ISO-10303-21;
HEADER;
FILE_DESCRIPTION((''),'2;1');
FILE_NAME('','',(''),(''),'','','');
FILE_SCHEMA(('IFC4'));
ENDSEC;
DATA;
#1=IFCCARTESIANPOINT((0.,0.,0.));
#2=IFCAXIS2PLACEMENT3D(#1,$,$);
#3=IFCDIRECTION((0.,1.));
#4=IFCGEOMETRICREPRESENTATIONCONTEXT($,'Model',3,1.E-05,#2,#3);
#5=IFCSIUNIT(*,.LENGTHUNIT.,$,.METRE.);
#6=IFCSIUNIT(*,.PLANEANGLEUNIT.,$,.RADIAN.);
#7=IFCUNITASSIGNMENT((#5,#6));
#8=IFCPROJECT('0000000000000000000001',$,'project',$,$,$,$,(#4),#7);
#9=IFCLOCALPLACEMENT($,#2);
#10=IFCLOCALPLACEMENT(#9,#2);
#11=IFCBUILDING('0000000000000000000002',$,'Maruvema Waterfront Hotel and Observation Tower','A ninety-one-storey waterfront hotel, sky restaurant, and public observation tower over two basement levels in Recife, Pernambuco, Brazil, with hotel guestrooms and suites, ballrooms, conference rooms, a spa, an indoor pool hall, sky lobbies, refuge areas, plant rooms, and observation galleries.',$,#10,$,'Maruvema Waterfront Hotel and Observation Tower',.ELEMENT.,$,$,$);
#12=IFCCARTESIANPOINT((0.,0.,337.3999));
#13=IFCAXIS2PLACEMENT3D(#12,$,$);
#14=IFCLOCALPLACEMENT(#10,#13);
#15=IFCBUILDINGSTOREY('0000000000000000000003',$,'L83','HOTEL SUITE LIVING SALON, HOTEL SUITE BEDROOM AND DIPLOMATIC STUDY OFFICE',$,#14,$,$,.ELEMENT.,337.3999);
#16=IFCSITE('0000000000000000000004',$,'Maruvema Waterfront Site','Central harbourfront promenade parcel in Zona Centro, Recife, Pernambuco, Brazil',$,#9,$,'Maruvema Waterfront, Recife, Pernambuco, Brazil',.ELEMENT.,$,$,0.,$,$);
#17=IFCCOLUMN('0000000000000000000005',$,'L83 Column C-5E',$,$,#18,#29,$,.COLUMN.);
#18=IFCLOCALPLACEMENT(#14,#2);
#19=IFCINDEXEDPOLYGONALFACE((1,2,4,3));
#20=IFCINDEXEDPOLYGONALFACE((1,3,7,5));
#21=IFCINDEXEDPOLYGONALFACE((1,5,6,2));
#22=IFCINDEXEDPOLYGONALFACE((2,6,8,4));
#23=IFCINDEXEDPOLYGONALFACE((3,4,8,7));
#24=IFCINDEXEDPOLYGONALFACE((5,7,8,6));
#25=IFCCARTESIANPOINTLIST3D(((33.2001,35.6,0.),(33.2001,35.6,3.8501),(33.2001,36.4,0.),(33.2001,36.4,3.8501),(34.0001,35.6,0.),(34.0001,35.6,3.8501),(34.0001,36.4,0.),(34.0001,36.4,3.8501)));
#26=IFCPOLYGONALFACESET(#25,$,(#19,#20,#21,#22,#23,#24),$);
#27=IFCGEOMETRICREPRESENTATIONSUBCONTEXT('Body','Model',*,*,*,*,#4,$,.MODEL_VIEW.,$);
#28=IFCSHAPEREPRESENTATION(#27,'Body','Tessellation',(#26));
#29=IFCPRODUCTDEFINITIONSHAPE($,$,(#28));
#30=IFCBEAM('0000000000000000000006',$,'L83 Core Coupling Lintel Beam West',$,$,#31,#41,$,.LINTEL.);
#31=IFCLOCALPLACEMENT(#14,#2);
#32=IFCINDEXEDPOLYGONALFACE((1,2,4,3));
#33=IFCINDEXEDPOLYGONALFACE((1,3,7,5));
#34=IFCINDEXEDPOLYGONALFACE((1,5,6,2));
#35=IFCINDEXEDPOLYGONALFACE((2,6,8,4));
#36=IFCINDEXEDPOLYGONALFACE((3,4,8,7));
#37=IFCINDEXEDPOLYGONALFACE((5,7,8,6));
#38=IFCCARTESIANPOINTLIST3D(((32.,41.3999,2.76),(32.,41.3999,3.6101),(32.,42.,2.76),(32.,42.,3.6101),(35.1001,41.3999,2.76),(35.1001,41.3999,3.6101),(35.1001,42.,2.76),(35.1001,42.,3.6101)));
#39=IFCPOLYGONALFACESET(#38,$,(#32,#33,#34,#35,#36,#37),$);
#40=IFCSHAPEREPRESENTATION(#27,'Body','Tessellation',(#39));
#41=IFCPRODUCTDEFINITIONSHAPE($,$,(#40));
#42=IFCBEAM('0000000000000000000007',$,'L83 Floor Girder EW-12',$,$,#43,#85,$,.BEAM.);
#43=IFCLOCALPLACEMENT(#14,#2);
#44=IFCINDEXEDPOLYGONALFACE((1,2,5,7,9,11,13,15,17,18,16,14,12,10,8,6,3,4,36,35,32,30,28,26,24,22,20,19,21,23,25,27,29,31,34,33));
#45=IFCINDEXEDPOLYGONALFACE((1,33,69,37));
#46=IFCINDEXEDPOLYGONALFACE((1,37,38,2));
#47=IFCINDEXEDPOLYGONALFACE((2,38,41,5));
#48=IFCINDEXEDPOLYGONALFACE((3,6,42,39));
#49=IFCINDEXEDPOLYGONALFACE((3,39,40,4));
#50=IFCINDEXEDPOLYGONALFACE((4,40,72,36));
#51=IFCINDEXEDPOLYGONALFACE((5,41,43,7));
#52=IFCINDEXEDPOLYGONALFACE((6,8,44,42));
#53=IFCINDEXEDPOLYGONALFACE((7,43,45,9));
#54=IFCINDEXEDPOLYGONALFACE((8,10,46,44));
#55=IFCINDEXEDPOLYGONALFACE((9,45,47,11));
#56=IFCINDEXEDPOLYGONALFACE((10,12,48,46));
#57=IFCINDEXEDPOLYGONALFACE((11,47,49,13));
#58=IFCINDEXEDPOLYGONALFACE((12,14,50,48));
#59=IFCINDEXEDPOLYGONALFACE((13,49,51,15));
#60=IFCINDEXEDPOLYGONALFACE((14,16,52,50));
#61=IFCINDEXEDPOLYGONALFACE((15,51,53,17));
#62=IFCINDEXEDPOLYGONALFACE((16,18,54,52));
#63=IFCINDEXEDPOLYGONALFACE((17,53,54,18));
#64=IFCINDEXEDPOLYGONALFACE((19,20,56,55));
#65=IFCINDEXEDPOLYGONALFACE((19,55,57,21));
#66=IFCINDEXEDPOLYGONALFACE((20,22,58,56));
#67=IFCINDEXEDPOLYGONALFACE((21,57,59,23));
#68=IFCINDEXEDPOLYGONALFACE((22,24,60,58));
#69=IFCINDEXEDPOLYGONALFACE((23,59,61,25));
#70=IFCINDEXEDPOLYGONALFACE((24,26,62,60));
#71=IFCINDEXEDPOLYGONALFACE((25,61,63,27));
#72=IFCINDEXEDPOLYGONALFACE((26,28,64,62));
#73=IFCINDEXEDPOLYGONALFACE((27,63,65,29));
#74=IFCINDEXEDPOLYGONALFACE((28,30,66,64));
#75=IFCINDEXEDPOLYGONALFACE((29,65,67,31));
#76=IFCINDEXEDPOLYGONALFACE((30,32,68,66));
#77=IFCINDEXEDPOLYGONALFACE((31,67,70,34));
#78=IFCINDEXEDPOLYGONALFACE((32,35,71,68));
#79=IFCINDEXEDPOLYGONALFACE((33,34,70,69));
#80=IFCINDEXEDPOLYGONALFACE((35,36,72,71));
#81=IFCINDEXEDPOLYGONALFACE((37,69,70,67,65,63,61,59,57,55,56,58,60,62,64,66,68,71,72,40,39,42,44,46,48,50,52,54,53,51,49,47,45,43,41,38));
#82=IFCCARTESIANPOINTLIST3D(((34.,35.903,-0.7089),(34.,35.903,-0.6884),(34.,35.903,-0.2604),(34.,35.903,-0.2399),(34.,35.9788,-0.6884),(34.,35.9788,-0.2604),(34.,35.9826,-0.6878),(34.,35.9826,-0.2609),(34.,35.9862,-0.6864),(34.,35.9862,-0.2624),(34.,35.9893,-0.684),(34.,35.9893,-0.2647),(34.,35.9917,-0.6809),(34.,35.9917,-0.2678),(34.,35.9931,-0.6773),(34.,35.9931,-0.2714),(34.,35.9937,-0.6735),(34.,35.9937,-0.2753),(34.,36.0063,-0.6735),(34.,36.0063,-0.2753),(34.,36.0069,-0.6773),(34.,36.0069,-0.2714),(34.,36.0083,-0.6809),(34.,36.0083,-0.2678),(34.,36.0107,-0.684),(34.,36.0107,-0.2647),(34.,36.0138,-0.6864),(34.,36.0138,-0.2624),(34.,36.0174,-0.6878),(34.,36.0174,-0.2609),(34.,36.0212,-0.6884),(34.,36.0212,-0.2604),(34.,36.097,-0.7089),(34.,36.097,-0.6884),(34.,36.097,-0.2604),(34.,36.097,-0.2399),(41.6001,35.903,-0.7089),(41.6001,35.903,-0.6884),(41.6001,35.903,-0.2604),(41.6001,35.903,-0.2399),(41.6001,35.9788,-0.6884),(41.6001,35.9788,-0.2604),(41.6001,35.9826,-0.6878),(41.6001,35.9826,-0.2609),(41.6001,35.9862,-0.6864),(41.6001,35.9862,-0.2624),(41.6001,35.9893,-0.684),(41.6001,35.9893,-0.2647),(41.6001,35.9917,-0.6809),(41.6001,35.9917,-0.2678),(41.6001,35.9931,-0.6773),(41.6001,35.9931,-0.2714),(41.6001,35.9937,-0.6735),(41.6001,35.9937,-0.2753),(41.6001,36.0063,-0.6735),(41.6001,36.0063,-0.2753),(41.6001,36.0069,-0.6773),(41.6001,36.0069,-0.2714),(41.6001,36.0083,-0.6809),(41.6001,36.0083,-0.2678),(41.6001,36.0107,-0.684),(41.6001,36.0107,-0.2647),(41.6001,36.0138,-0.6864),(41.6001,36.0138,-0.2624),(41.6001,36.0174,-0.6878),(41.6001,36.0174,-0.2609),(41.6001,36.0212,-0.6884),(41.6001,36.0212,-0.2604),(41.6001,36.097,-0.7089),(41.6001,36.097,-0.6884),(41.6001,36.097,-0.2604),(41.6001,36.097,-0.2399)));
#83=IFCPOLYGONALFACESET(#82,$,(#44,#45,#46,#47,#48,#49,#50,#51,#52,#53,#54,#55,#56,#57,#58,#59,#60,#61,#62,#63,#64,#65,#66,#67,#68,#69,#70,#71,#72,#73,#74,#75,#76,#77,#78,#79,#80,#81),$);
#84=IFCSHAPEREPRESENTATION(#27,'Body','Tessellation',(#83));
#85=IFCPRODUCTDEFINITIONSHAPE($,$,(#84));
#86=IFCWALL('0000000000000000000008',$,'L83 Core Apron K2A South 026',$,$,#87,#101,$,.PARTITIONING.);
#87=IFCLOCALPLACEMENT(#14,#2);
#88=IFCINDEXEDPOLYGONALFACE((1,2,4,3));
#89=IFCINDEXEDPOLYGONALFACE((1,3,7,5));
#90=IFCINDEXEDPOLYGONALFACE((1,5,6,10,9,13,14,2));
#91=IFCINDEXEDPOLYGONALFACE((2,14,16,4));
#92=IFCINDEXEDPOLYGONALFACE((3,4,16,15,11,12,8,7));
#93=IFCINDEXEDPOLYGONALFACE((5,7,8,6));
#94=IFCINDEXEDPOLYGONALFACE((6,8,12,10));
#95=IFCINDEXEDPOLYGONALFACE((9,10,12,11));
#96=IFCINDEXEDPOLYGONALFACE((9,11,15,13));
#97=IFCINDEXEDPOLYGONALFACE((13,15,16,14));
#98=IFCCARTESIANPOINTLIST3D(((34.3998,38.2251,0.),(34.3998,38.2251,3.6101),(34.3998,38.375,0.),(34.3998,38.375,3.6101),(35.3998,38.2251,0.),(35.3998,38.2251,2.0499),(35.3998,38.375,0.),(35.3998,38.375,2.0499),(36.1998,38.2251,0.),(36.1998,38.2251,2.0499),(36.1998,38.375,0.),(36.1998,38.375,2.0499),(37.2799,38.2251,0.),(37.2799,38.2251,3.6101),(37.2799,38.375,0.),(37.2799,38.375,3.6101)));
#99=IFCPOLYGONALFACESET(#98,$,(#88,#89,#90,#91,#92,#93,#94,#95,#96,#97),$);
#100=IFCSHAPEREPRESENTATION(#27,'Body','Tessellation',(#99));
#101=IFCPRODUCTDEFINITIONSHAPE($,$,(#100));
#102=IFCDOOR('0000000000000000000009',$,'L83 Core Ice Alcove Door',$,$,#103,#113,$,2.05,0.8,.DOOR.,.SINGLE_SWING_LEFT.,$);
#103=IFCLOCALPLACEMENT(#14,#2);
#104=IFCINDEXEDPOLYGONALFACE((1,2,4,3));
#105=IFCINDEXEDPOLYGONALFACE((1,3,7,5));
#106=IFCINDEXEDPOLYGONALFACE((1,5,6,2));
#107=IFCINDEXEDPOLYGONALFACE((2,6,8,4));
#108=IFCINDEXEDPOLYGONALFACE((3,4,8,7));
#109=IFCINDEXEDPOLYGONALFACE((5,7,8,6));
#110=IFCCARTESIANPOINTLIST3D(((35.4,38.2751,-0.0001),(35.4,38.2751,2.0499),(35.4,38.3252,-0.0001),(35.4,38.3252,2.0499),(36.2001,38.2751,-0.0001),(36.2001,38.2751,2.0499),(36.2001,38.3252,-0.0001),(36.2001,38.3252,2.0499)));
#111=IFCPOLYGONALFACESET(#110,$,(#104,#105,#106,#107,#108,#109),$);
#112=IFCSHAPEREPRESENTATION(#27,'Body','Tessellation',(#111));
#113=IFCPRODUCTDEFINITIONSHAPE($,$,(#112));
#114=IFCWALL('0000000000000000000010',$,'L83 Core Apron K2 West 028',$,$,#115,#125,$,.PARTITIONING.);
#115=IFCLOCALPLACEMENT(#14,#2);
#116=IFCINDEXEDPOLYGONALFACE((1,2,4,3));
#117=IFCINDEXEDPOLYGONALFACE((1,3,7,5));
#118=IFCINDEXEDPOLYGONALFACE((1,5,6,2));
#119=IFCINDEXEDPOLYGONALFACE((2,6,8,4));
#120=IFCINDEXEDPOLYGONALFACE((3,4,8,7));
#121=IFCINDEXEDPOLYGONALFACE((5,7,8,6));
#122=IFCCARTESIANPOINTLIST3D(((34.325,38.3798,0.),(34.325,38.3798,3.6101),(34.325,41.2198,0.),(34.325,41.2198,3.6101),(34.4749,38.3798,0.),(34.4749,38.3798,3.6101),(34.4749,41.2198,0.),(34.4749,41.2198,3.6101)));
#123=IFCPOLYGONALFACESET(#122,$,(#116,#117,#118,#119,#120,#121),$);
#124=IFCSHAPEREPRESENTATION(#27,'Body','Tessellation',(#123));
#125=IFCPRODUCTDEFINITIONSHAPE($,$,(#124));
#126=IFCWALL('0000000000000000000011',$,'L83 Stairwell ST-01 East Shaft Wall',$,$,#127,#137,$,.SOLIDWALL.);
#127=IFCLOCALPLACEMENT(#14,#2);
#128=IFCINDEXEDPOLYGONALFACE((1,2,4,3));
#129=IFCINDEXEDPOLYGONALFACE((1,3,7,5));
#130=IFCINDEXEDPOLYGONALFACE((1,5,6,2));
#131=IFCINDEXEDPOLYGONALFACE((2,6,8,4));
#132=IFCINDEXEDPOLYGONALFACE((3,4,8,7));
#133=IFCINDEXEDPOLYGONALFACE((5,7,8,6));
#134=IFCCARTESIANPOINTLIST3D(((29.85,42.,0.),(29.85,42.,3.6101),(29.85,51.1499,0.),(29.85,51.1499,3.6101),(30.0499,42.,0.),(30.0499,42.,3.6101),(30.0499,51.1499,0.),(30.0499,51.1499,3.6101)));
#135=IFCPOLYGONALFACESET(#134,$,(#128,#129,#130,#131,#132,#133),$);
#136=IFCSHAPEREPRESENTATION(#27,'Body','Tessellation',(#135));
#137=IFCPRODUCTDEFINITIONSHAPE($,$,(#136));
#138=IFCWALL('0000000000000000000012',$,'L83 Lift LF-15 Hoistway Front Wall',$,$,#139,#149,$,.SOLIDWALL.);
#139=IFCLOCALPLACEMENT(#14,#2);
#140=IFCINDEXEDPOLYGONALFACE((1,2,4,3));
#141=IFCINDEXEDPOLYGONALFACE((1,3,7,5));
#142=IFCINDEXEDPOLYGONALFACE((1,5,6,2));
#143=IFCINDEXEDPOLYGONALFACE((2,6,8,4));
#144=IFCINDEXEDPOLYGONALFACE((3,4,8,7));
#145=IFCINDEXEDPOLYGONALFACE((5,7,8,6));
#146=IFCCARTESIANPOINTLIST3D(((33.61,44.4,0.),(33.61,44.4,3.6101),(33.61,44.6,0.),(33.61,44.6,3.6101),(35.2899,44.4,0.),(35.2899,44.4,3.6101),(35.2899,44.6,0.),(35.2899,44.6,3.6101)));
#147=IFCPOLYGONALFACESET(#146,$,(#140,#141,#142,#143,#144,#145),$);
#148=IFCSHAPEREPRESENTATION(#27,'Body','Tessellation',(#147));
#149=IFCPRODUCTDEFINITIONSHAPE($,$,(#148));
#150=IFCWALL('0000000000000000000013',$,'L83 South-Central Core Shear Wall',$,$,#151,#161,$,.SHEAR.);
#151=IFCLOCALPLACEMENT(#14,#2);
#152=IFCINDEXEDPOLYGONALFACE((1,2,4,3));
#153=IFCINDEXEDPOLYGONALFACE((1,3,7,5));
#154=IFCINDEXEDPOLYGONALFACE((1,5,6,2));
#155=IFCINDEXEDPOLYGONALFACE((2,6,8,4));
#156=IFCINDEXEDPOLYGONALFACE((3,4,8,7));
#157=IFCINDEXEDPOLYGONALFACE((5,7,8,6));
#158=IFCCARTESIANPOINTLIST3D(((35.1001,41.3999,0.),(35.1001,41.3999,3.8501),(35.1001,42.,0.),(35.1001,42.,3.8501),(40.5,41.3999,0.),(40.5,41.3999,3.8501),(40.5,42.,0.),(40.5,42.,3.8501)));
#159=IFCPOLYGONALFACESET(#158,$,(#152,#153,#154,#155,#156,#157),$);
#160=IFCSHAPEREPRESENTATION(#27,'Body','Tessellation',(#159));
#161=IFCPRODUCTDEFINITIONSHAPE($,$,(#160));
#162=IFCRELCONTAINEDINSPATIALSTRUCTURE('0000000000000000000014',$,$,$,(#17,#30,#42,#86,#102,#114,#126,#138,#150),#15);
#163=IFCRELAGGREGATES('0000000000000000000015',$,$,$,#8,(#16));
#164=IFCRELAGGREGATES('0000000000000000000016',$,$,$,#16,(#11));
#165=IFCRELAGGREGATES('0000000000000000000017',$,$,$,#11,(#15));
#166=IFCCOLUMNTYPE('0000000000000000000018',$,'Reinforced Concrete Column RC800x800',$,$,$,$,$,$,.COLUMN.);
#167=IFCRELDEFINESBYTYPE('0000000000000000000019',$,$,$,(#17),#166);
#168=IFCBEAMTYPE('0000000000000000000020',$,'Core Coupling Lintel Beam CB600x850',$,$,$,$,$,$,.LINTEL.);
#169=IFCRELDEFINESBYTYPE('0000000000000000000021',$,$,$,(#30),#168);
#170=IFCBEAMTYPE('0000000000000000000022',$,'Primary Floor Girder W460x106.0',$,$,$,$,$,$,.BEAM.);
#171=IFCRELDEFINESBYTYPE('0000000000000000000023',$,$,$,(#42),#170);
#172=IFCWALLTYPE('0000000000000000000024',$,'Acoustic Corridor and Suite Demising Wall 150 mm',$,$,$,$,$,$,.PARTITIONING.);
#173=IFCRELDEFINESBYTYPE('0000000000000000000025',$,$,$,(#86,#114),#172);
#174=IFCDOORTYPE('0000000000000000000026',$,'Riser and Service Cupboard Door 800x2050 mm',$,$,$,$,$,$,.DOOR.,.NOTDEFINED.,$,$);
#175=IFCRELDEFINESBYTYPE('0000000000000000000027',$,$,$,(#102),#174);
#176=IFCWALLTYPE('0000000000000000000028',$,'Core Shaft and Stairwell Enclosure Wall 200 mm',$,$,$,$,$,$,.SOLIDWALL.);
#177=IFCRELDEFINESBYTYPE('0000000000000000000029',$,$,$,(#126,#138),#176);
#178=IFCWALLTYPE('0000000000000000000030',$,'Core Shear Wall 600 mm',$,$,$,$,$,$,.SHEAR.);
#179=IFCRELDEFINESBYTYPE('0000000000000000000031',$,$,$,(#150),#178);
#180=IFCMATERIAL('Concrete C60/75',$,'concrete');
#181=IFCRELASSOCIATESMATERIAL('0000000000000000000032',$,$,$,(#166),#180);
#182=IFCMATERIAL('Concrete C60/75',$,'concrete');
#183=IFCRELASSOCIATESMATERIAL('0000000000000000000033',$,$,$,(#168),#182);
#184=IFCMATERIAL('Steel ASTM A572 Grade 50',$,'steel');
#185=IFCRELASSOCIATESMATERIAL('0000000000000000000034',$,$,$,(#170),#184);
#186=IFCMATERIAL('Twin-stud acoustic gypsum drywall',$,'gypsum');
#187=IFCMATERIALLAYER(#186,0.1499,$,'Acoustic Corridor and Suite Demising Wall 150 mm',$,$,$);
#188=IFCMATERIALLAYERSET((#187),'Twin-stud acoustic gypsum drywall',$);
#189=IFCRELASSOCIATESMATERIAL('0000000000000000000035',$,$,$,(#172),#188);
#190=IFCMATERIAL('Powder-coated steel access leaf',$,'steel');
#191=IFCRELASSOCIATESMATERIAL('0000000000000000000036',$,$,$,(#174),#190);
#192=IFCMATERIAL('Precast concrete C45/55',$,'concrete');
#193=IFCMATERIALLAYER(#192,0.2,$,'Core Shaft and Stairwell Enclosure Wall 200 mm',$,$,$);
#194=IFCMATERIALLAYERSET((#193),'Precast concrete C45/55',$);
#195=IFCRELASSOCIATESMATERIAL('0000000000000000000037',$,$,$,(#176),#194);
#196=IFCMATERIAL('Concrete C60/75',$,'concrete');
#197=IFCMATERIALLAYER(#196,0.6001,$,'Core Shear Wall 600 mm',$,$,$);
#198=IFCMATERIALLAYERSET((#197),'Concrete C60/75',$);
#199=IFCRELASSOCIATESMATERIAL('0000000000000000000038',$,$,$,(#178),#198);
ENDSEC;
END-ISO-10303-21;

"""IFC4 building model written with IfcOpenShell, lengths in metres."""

from ifc_helpers import new_model, si_unit, direction, frame, frame_2d, origin, origin_2d, place, context, subcontext, project, spatial, rectangle, i_section, extrude, material, layer, layer_set, material_profile, profile_set, type_object, element, fill, save


model = new_model("IFC4")

# Units and contexts
model_context = context("Model", 3, precision=1e-05, world=origin(), true_north=direction((0.0, 1.0)))
body_context = subcontext(model_context, "Body", "Model", "MODEL_VIEW")
ifc_project = project(units=[si_unit("LENGTHUNIT", "METRE"), si_unit("PLANEANGLEUNIT", "RADIAN")], contexts=[model_context])

# Site, building, storey
site_placement = place(None, origin())
site = spatial("IfcSite", under=ifc_project, at=site_placement, Name="Maruvema Waterfront Site", Description="Central harbourfront promenade parcel in Zona Centro, Recife, Pernambuco, Brazil", LongName="Maruvema Waterfront, Recife, Pernambuco, Brazil", CompositionType="ELEMENT", RefElevation=0.0)
building_placement = place(site_placement, origin())
building = spatial("IfcBuilding", under=site, at=building_placement, Name="Maruvema Waterfront Hotel and Observation Tower", Description="A ninety-one-storey waterfront hotel, sky restaurant, and public observation tower over two basement levels in Recife, Pernambuco, Brazil, with hotel guestrooms and suites, ballrooms, conference rooms, a spa, an indoor pool hall, sky lobbies, refuge areas, plant rooms, and observation galleries.", LongName="Maruvema Waterfront Hotel and Observation Tower", CompositionType="ELEMENT")
storey_placement = place(building_placement, frame((0.0, 0.0, 337.3999)))
storey = spatial("IfcBuildingStorey", under=building, at=storey_placement, Name="L83", Description="HOTEL SUITE LIVING SALON, HOTEL SUITE BEDROOM AND DIPLOMATIC STUDY OFFICE", CompositionType="ELEMENT", Elevation=337.3999)

# Column
ifc_material_1 = material(Name="Concrete C60/75", Category="concrete")
ifc_material_profile_1 = material_profile(ifc_material_1, rectangle(XDim=0.8, YDim=0.8, at=origin_2d()), Name="RC800x800")
ifc_profile_set_1 = profile_set([ifc_material_profile_1], Name="Concrete C60/75")
column_type = type_object("IfcColumnType", Name="Reinforced Concrete Column RC800x800", PredefinedType="COLUMN", material=ifc_profile_set_1)
column_placement = place(storey_placement, frame((33.6001, 36.0, 0.0), z_axis=(0.0, 0.0, 1.0), x_axis=(1.0, 0.0, 0.0)))
element("IfcColumn", 1, at=column_placement, inside=storey, type_object=column_type, Name="L83 Column C-5E", PredefinedType="COLUMN", context=body_context, shape_type="SweptSolid", body=[
    extrude(rectangle(XDim=0.8, YDim=0.8, at=origin_2d()), origin(), (0.0, 0.0, 1.0), 3.8501),
])

# Beams
ifc_material_2 = material(Name="Concrete C60/75", Category="concrete")
ifc_material_profile_2 = material_profile(ifc_material_2, rectangle(XDim=0.6001, YDim=0.8501, at=origin_2d()), Name="CB600x850")
ifc_profile_set_2 = profile_set([ifc_material_profile_2], Name="Concrete C60/75")
beam_type_1 = type_object("IfcBeamType", Name="Core Coupling Lintel Beam CB600x850", PredefinedType="LINTEL", material=ifc_profile_set_2)
beam_1_placement = place(storey_placement, frame((32.0, 41.7, 3.1851), z_axis=(1.0, 0.0, 0.0), x_axis=(0.0, 1.0, 0.0)))
element("IfcBeam", 2, at=beam_1_placement, inside=storey, type_object=beam_type_1, Name="L83 Core Coupling Lintel Beam West", PredefinedType="LINTEL", context=body_context, shape_type="SweptSolid", body=[
    extrude(rectangle(XDim=0.6001, YDim=0.8501, at=origin_2d()), origin(), (0.0, 0.0, 1.0), 3.1001),
])
ifc_material_3 = material(Name="Steel ASTM A572 Grade 50", Category="steel")
ifc_material_profile_3 = material_profile(ifc_material_3, i_section(OverallWidth=0.1941, OverallDepth=0.469, WebThickness=0.0127, FlangeThickness=0.0205, FilletRadius=0.0149, at=origin_2d()), Name="W460x106.0")
ifc_profile_set_3 = profile_set([ifc_material_profile_3], Name="Steel ASTM A572 Grade 50")
beam_type_2 = type_object("IfcBeamType", Name="Primary Floor Girder W460x106.0", PredefinedType="BEAM", material=ifc_profile_set_3)
beam_2_placement = place(storey_placement, frame((34.0, 36.0, -0.4744), z_axis=(1.0, 0.0, 0.0), x_axis=(0.0, 1.0, 0.0)))
element("IfcBeam", 3, at=beam_2_placement, inside=storey, type_object=beam_type_2, Name="L83 Floor Girder EW-12", PredefinedType="BEAM", context=body_context, shape_type="SweptSolid", body=[
    extrude(i_section(OverallWidth=0.1941, OverallDepth=0.469, WebThickness=0.0127, FlangeThickness=0.0205, FilletRadius=0.0149, at=origin_2d()), origin(), (0.0, 0.0, 1.0), 7.6001),
])

# Wall, opening, door
ifc_material_4 = material(Name="Twin-stud acoustic gypsum drywall", Category="gypsum")
ifc_layer_1 = layer(ifc_material_4, 0.1499, Name="Acoustic Corridor and Suite Demising Wall 150 mm")
ifc_layer_set_1 = layer_set([ifc_layer_1], Name="Twin-stud acoustic gypsum drywall")
wall_type_1 = type_object("IfcWallType", Name="Acoustic Corridor and Suite Demising Wall 150 mm", PredefinedType="PARTITIONING", material=ifc_layer_set_1)
wall_1_placement = place(storey_placement, frame((34.3999, 38.3, 0.0), z_axis=(0.0, 0.0, 1.0), x_axis=(1.0, 0.0, 0.0)))
wall_1 = element("IfcWall", 4, at=wall_1_placement, inside=storey, type_object=wall_type_1, Name="L83 Core Apron K2A South 026", PredefinedType="PARTITIONING", context=body_context, shape_type="SweptSolid", body=[
    extrude(rectangle(XDim=2.8801, YDim=0.1499, at=frame_2d((1.4399, 0.0))), origin(), (0.0, 0.0, 1.0), 3.6101),
])
opening_1_placement = place(wall_1_placement, frame((1.0, 0.0, 0.0)))
opening_1 = element("IfcOpeningElement", 5, at=opening_1_placement, cuts=wall_1, PredefinedType="OPENING", context=body_context, shape_type="SweptSolid", body=[
    extrude(rectangle(XDim=0.8, YDim=2.05, at=frame_2d((0.3999, 1.0249))), frame((0.0, 0.085, 0.0), z_axis=(0.0, -1.0, 0.0), x_axis=(1.0, 0.0, 0.0)), (0.0, 0.0, 1.0), 0.1699),
])
ifc_material_5 = material(Name="Powder-coated steel access leaf", Category="steel")
door_type = type_object("IfcDoorType", Name="Riser and Service Cupboard Door 800x2050 mm", OperationType="NOTDEFINED", PredefinedType="DOOR", material=ifc_material_5)
door_1_placement = place(opening_1_placement, frame((0.8, 0.0, 0.0), z_axis=(0.0, 0.0, 1.0), x_axis=(-1.0, 0.0, 0.0)))
door_1 = element("IfcDoor", 6, at=door_1_placement, inside=storey, type_object=door_type, Name="L83 Core Ice Alcove Door", OperationType="SINGLE_SWING_LEFT", OverallHeight=2.05, OverallWidth=0.8, PredefinedType="DOOR", context=body_context, shape_type="SweptSolid", body=[
    extrude(rectangle(XDim=0.8, YDim=2.05, at=frame_2d((0.3999, 1.0249))), frame((0.0, 0.0249, 0.0), z_axis=(0.0, -1.0, 0.0), x_axis=(1.0, 0.0, 0.0)), (0.0, 0.0, 1.0), 0.05),
])
fill(opening_1, door_1)

# Walls
wall_2_placement = place(storey_placement, frame((34.3999, 38.3799, 0.0), z_axis=(0.0, 0.0, 1.0), x_axis=(0.0, 1.0, 0.0)))
element("IfcWall", 7, at=wall_2_placement, inside=storey, type_object=wall_type_1, Name="L83 Core Apron K2 West 028", PredefinedType="PARTITIONING", context=body_context, shape_type="SweptSolid", body=[
    extrude(rectangle(XDim=2.8401, YDim=0.1499, at=frame_2d((1.4199, 0.0))), origin(), (0.0, 0.0, 1.0), 3.6101),
])
ifc_material_6 = material(Name="Precast concrete C45/55", Category="concrete")
ifc_layer_2 = layer(ifc_material_6, 0.2, Name="Core Shaft and Stairwell Enclosure Wall 200 mm")
ifc_layer_set_2 = layer_set([ifc_layer_2], Name="Precast concrete C45/55")
wall_type_2 = type_object("IfcWallType", Name="Core Shaft and Stairwell Enclosure Wall 200 mm", PredefinedType="SOLIDWALL", material=ifc_layer_set_2)
wall_3_placement = place(storey_placement, frame((29.95, 42.0, 0.0), z_axis=(0.0, 0.0, 1.0), x_axis=(0.0, 1.0, 0.0)))
element("IfcWall", 8, at=wall_3_placement, inside=storey, type_object=wall_type_2, Name="L83 Stairwell ST-01 East Shaft Wall", PredefinedType="SOLIDWALL", context=body_context, shape_type="SweptSolid", body=[
    extrude(rectangle(XDim=9.1499, YDim=0.2, at=frame_2d((4.575, 0.0))), origin(), (0.0, 0.0, 1.0), 3.6101),
])
wall_4_placement = place(storey_placement, frame((33.6101, 44.5, 0.0), z_axis=(0.0, 0.0, 1.0), x_axis=(1.0, 0.0, 0.0)))
element("IfcWall", 9, at=wall_4_placement, inside=storey, type_object=wall_type_2, Name="L83 Lift LF-15 Hoistway Front Wall", PredefinedType="SOLIDWALL", context=body_context, shape_type="SweptSolid", body=[
    extrude(rectangle(XDim=1.6799, YDim=0.2, at=frame_2d((0.8398, 0.0))), origin(), (0.0, 0.0, 1.0), 3.6101),
])
ifc_material_7 = material(Name="Concrete C60/75", Category="concrete")
ifc_layer_3 = layer(ifc_material_7, 0.6001, Name="Core Shear Wall 600 mm")
ifc_layer_set_3 = layer_set([ifc_layer_3], Name="Concrete C60/75")
wall_type_3 = type_object("IfcWallType", Name="Core Shear Wall 600 mm", PredefinedType="SHEAR", material=ifc_layer_set_3)
wall_5_placement = place(storey_placement, frame((35.1001, 41.7, 0.0), z_axis=(0.0, 0.0, 1.0), x_axis=(1.0, 0.0, 0.0)))
element("IfcWall", 10, at=wall_5_placement, inside=storey, type_object=wall_type_3, Name="L83 South-Central Core Shear Wall", PredefinedType="SHEAR", context=body_context, shape_type="SweptSolid", body=[
    extrude(rectangle(XDim=5.3999, YDim=0.6001, at=frame_2d((2.7, 0.0))), origin(), (0.0, 0.0, 1.0), 3.8501),
])

save(model, "model.ifc")
